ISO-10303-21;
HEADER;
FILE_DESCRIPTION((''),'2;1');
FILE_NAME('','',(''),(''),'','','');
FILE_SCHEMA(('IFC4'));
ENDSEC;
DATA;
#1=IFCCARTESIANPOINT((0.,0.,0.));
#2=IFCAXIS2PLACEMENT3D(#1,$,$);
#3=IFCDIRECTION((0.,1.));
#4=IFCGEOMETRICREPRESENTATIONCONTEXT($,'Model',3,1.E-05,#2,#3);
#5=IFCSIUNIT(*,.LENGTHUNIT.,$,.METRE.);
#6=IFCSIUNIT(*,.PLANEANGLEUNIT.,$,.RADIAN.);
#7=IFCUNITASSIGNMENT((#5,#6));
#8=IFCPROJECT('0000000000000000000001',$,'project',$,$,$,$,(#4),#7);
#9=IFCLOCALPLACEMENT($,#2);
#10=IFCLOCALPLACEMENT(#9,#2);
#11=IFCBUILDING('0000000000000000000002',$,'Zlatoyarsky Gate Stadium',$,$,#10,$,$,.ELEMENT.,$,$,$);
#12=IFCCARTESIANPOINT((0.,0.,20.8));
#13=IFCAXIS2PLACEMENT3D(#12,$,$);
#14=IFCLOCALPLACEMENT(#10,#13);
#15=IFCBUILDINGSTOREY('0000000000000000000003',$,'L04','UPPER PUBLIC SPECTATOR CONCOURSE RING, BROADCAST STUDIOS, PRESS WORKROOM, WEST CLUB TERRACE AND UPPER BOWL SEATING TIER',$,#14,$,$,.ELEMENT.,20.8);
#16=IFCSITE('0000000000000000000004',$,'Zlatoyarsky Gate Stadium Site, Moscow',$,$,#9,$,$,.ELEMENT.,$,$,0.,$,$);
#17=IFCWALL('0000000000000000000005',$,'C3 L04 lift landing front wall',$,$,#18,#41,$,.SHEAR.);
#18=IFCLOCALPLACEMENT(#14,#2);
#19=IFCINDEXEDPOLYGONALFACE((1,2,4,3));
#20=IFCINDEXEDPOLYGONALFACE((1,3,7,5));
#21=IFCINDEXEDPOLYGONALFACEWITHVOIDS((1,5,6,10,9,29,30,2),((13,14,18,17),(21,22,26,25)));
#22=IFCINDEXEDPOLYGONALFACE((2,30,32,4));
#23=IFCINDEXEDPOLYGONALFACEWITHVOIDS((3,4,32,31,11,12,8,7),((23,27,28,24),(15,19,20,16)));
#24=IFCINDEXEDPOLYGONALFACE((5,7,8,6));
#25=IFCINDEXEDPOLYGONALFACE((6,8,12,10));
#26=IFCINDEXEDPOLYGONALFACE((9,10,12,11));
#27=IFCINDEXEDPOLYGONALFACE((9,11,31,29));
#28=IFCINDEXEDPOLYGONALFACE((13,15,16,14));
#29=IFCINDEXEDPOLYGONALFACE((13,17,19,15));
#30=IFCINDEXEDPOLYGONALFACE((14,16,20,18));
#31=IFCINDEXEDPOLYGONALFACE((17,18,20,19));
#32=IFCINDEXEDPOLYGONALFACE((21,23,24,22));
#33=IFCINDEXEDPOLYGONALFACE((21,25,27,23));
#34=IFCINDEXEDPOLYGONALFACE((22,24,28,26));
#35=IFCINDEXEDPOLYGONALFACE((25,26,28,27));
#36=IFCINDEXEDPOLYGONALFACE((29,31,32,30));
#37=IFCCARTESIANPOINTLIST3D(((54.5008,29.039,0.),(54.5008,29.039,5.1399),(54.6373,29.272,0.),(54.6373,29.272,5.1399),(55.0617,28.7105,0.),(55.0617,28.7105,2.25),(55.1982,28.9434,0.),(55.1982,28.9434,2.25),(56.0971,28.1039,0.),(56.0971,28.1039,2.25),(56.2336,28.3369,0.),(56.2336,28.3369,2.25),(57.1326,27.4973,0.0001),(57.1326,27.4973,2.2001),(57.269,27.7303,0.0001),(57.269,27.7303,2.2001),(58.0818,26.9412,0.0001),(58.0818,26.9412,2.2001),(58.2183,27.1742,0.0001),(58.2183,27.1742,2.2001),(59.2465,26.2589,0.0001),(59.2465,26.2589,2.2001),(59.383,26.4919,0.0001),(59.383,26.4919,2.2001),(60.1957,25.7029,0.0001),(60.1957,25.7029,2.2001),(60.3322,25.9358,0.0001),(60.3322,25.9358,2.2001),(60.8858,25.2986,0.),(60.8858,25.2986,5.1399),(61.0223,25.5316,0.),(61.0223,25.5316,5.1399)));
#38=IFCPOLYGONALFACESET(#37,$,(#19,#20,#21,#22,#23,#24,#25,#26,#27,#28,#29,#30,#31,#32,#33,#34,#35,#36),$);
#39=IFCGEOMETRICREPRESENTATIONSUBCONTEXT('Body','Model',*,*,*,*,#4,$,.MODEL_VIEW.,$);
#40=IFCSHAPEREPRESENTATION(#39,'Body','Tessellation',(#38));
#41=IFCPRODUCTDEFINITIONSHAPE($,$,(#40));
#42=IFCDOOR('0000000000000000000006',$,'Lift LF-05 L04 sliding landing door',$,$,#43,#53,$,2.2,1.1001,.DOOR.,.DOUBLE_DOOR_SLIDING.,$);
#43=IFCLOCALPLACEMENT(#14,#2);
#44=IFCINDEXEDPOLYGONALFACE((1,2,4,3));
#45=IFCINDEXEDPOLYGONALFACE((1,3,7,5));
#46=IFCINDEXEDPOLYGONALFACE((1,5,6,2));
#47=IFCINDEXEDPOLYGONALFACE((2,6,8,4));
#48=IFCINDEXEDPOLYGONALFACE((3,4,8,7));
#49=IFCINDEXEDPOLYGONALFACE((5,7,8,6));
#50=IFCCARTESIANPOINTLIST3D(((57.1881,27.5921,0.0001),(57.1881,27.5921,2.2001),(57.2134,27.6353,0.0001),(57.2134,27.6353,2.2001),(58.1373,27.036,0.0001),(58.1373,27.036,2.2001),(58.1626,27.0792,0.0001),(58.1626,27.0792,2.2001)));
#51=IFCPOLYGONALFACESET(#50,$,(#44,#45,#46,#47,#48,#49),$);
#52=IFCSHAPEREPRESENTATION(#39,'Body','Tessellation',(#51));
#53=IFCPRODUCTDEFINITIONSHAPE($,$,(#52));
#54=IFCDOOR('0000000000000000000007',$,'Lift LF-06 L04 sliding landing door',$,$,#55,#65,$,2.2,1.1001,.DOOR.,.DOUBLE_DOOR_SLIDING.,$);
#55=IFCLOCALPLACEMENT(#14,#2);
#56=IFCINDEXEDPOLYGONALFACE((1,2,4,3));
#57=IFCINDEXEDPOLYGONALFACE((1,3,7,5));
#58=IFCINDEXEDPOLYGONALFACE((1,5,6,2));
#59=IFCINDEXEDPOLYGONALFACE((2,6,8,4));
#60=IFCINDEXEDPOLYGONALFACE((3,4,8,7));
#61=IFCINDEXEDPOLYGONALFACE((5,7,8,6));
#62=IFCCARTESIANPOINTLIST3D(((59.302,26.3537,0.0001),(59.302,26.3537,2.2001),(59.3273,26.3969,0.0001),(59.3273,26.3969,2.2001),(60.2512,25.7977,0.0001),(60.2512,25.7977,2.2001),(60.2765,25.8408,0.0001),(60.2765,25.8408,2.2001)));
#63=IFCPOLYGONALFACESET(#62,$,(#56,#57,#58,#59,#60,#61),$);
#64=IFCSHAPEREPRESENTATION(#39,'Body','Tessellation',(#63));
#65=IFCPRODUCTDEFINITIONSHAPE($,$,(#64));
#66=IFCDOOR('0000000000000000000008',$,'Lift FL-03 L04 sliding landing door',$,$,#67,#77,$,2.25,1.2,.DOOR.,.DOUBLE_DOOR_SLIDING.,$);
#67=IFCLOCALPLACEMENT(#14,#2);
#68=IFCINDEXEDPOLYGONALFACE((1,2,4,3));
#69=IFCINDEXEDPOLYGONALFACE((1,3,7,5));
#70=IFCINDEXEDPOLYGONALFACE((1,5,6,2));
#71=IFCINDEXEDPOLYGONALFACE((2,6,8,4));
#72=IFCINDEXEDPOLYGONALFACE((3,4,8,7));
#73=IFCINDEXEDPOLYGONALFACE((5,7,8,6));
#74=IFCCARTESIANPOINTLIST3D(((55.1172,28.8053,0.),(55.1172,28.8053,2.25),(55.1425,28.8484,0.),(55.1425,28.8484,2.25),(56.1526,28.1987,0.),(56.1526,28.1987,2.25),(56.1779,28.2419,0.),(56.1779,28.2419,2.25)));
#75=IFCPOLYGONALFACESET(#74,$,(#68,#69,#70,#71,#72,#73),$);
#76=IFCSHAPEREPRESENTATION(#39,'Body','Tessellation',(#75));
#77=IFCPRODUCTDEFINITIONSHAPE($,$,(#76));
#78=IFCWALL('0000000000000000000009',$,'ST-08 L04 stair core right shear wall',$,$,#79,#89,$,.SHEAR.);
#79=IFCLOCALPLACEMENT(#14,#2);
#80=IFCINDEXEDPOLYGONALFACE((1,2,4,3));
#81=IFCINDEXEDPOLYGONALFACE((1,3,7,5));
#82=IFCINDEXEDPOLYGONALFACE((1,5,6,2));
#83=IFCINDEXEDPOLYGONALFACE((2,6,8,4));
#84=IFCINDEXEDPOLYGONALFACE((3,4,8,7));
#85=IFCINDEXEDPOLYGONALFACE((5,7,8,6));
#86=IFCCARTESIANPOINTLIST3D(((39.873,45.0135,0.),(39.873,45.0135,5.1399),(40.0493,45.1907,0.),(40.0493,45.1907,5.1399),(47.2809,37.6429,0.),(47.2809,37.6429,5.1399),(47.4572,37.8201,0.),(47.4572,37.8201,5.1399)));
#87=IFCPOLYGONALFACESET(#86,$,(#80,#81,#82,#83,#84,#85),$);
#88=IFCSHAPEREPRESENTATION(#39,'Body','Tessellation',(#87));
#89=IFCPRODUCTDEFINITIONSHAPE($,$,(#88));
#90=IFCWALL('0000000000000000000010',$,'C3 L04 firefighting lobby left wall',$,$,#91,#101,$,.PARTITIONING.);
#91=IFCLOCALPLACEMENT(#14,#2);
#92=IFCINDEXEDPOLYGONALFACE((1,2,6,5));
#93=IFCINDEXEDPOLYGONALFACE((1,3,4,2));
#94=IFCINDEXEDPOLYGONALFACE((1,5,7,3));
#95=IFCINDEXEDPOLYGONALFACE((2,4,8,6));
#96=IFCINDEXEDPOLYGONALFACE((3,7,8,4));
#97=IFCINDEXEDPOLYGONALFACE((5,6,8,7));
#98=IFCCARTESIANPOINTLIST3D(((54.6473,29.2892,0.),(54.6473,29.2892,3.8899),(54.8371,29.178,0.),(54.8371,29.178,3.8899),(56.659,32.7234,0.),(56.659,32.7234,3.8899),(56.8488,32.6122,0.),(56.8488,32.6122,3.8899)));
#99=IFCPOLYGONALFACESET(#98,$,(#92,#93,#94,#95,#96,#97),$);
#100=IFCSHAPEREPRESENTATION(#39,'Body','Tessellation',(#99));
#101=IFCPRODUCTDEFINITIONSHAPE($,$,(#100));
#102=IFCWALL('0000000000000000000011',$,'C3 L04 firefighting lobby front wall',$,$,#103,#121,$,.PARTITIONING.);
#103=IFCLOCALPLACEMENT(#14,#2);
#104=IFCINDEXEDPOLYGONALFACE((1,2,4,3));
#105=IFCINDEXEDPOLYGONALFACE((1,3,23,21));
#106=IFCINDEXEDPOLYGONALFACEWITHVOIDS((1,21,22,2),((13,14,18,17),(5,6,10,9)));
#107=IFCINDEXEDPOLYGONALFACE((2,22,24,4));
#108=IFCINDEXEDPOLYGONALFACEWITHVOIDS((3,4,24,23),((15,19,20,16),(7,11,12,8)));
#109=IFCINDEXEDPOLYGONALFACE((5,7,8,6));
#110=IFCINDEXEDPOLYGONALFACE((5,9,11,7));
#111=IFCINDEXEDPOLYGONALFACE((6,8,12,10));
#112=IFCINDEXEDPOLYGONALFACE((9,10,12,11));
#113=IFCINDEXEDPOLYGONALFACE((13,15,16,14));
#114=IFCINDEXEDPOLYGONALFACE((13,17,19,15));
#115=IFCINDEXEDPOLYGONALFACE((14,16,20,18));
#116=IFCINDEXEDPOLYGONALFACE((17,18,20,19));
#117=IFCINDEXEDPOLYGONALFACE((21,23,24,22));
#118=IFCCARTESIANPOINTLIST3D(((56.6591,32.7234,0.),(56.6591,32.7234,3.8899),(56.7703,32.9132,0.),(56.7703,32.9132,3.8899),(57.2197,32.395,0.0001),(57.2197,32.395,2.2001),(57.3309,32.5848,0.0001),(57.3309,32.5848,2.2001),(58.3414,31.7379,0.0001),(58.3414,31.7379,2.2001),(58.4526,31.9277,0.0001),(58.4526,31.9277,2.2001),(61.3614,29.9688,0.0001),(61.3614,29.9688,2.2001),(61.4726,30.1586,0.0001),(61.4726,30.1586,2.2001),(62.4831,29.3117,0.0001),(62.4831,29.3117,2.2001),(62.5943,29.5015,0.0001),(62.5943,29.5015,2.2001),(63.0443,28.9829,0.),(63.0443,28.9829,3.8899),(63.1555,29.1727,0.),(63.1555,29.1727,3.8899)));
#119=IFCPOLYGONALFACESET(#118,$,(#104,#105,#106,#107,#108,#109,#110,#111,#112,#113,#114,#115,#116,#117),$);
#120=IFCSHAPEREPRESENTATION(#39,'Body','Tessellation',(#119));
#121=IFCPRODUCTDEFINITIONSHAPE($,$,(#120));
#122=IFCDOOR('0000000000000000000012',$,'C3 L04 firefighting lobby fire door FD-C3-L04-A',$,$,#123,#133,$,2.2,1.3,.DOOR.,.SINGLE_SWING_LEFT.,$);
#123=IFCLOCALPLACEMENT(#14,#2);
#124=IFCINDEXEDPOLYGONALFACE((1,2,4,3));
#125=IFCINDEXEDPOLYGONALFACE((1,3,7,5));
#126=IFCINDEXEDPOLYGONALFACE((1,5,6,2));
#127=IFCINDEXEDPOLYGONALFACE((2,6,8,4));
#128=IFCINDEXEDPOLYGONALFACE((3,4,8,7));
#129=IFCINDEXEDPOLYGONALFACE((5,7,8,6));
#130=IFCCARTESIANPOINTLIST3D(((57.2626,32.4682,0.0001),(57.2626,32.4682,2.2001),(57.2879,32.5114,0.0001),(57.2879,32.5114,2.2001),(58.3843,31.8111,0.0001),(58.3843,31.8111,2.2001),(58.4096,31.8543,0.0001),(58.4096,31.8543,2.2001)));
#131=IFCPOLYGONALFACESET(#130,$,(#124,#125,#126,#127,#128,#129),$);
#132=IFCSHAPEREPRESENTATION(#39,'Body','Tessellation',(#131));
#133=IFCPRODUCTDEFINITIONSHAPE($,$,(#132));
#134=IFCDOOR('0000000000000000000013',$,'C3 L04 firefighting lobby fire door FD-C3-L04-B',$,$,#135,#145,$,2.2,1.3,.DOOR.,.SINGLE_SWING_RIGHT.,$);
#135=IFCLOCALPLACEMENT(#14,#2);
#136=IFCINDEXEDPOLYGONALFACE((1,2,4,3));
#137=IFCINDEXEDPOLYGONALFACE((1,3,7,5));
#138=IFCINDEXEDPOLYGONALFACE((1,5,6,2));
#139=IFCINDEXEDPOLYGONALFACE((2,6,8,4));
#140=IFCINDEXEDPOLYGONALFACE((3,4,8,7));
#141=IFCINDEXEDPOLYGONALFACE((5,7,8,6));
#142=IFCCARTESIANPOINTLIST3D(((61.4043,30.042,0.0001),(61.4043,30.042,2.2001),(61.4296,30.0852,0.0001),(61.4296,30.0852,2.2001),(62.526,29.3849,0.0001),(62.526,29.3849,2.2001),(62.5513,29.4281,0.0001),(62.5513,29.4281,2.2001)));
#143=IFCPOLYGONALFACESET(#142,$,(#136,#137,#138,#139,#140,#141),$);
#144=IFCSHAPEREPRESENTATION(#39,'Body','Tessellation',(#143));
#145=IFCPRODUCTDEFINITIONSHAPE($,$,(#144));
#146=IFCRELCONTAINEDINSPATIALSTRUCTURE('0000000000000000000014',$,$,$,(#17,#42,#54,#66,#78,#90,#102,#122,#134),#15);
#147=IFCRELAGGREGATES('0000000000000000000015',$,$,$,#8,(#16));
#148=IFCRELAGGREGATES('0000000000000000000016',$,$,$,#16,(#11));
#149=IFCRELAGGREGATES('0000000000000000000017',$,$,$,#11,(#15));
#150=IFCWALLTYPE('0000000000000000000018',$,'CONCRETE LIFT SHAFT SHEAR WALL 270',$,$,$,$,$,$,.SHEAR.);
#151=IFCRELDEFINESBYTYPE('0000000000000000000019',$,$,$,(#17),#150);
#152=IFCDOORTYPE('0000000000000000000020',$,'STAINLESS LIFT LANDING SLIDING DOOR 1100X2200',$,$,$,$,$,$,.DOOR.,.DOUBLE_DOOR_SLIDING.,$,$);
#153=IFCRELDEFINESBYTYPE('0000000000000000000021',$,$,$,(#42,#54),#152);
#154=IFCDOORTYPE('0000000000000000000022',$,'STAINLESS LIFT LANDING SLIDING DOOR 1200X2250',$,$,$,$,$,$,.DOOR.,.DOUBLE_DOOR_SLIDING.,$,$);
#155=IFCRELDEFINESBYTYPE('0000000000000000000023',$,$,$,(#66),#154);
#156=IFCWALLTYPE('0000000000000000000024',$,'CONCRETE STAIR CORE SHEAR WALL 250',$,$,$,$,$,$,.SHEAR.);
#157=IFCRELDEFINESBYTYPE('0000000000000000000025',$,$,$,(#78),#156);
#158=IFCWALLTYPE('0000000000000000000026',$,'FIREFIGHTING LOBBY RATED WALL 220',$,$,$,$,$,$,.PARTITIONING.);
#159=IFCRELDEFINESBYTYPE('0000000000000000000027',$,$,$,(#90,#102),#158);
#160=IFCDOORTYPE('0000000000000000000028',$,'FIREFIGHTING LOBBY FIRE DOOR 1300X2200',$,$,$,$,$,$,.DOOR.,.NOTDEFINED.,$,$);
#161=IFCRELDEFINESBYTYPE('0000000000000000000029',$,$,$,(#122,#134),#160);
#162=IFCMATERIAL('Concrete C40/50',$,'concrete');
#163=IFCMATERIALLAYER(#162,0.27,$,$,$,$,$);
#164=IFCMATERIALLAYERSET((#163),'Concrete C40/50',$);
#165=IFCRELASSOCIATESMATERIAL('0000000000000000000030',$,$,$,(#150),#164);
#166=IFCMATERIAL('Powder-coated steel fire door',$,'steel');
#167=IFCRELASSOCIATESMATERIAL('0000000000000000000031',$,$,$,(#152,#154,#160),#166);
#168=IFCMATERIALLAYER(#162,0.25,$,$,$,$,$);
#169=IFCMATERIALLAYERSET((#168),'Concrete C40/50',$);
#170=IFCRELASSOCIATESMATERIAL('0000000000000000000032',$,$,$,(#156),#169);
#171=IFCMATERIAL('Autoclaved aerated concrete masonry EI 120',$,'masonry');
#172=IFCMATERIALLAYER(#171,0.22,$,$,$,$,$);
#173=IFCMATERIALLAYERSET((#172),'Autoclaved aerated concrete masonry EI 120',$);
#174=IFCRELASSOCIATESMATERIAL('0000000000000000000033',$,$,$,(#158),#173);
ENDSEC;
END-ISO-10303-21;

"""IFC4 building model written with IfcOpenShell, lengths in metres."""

from ifc_helpers import new_model, si_unit, direction, frame, frame_2d, origin, place, context, subcontext, project, spatial, rectangle, extrude, material, layer, layer_set, type_object, element, fill, save


model = new_model("IFC4")

# Units and contexts
model_context = context("Model", 3, precision=1e-05, world=origin(), true_north=direction((0.0, 1.0)))
body_context = subcontext(model_context, "Body", "Model", "MODEL_VIEW")
ifc_project = project(units=[si_unit("LENGTHUNIT", "METRE"), si_unit("PLANEANGLEUNIT", "RADIAN")], contexts=[model_context])

# Site, building, storey
site_placement = place(None, origin())
site = spatial("IfcSite", under=ifc_project, at=site_placement, Name="Zlatoyarsky Gate Stadium Site, Moscow", CompositionType="ELEMENT", RefElevation=0.0)
building_placement = place(site_placement, origin())
building = spatial("IfcBuilding", under=site, at=building_placement, Name="Zlatoyarsky Gate Stadium", CompositionType="ELEMENT")
storey_placement = place(building_placement, frame((0.0, 0.0, 20.8)))
storey = spatial("IfcBuildingStorey", under=building, at=storey_placement, Name="L04", Description="UPPER PUBLIC SPECTATOR CONCOURSE RING, BROADCAST STUDIOS, PRESS WORKROOM, WEST CLUB TERRACE AND UPPER BOWL SEATING TIER", CompositionType="ELEMENT", Elevation=20.8)

# Shared definitions
ifc_material_1 = material(Name="Concrete C40/50", Category="concrete")

# Wall, openings, doors
ifc_layer_1 = layer(ifc_material_1, 0.27)
ifc_layer_set_1 = layer_set([ifc_layer_1], Name="Concrete C40/50")
wall_type_1 = type_object("IfcWallType", Name="CONCRETE LIFT SHAFT SHEAR WALL 270", PredefinedType="SHEAR", material=ifc_layer_set_1)
wall_1_placement = place(storey_placement, frame((54.5691, 29.1555, 0.0), z_axis=(0.0, 0.0, 1.0), x_axis=(0.862843, -0.505472, 0.0)))
wall_1 = element("IfcWall", 1, at=wall_1_placement, inside=storey, type_object=wall_type_1, Name="C3 L04 lift landing front wall", PredefinedType="SHEAR", context=body_context, shape_type="SweptSolid", body=[
    extrude(rectangle(XDim=7.3999, YDim=0.27, at=frame_2d((3.7, 0.0))), origin(), (0.0, 0.0, 1.0), 5.1399),
])
opening_1_placement = place(wall_1_placement, frame((0.6499, 0.0, 0.0)))
opening_1 = element("IfcOpeningElement", 2, at=opening_1_placement, cuts=wall_1, PredefinedType="OPENING", context=body_context, shape_type="SweptSolid", body=[
    extrude(rectangle(XDim=1.2, YDim=2.25, at=frame_2d((0.6001, 1.125))), frame((0.0, 0.145, 0.0), z_axis=(0.0, -1.0, 0.0), x_axis=(1.0, 0.0, 0.0)), (0.0, 0.0, 1.0), 0.29),
])
opening_2_placement = place(wall_1_placement, frame((3.05, 0.0, 0.0)))
opening_2 = element("IfcOpeningElement", 3, at=opening_2_placement, cuts=wall_1, PredefinedType="OPENING", context=body_context, shape_type="SweptSolid", body=[
    extrude(rectangle(XDim=1.1001, YDim=2.2, at=frame_2d((0.55, 1.1001))), frame((0.0, 0.145, 0.0), z_axis=(0.0, -1.0, 0.0), x_axis=(1.0, 0.0, 0.0)), (0.0, 0.0, 1.0), 0.29),
])
opening_3_placement = place(wall_1_placement, frame((5.5, 0.0, 0.0)))
opening_3 = element("IfcOpeningElement", 4, at=opening_3_placement, cuts=wall_1, PredefinedType="OPENING", context=body_context, shape_type="SweptSolid", body=[
    extrude(rectangle(XDim=1.1001, YDim=2.2, at=frame_2d((0.55, 1.1001))), frame((0.0, 0.145, 0.0), z_axis=(0.0, -1.0, 0.0), x_axis=(1.0, 0.0, 0.0)), (0.0, 0.0, 1.0), 0.29),
])
ifc_material_2 = material(Name="Powder-coated steel fire door", Category="steel")
door_type_1 = type_object("IfcDoorType", Name="STAINLESS LIFT LANDING SLIDING DOOR 1100X2200", OperationType="DOUBLE_DOOR_SLIDING", PredefinedType="DOOR", material=ifc_material_2)
door_1_placement = place(opening_2_placement, origin())
door_1 = element("IfcDoor", 5, at=door_1_placement, inside=storey, type_object=door_type_1, Name="Lift LF-05 L04 sliding landing door", OperationType="DOUBLE_DOOR_SLIDING", OverallHeight=2.2, OverallWidth=1.1001, PredefinedType="DOOR", context=body_context, shape_type="SweptSolid", body=[
    extrude(rectangle(XDim=1.1001, YDim=2.2, at=frame_2d((0.55, 1.1001))), frame((0.0, 0.0249, 0.0), z_axis=(0.0, -1.0, 0.0), x_axis=(1.0, 0.0, 0.0)), (0.0, 0.0, 1.0), 0.05),
])
fill(opening_2, door_1)
door_2_placement = place(opening_3_placement, origin())
door_2 = element("IfcDoor", 6, at=door_2_placement, inside=storey, type_object=door_type_1, Name="Lift LF-06 L04 sliding landing door", OperationType="DOUBLE_DOOR_SLIDING", OverallHeight=2.2, OverallWidth=1.1001, PredefinedType="DOOR", context=body_context, shape_type="SweptSolid", body=[
    extrude(rectangle(XDim=1.1001, YDim=2.2, at=frame_2d((0.55, 1.1001))), frame((0.0, 0.0249, 0.0), z_axis=(0.0, -1.0, 0.0), x_axis=(1.0, 0.0, 0.0)), (0.0, 0.0, 1.0), 0.05),
])
fill(opening_3, door_2)
door_type_2 = type_object("IfcDoorType", Name="STAINLESS LIFT LANDING SLIDING DOOR 1200X2250", OperationType="DOUBLE_DOOR_SLIDING", PredefinedType="DOOR", material=ifc_material_2)
door_3_placement = place(opening_1_placement, origin())
door_3 = element("IfcDoor", 7, at=door_3_placement, inside=storey, type_object=door_type_2, Name="Lift FL-03 L04 sliding landing door", OperationType="DOUBLE_DOOR_SLIDING", OverallHeight=2.25, OverallWidth=1.2, PredefinedType="DOOR", context=body_context, shape_type="SweptSolid", body=[
    extrude(rectangle(XDim=1.2, YDim=2.25, at=frame_2d((0.6001, 1.125))), frame((0.0, 0.0249, 0.0), z_axis=(0.0, -1.0, 0.0), x_axis=(1.0, 0.0, 0.0)), (0.0, 0.0, 1.0), 0.05),
])
fill(opening_1, door_3)

# Walls
ifc_layer_2 = layer(ifc_material_1, 0.25)
ifc_layer_set_2 = layer_set([ifc_layer_2], Name="Concrete C40/50")
wall_type_2 = type_object("IfcWallType", Name="CONCRETE STAIR CORE SHEAR WALL 250", PredefinedType="SHEAR", material=ifc_layer_set_2)
wall_2_placement = place(storey_placement, frame((47.3691, 37.7314, 0.0), z_axis=(0.0, 0.0, 1.0), x_axis=(-0.708892, 0.705317, 0.0)))
element("IfcWall", 8, at=wall_2_placement, inside=storey, type_object=wall_type_2, Name="ST-08 L04 stair core right shear wall", PredefinedType="SHEAR", context=body_context, shape_type="SweptSolid", body=[
    extrude(rectangle(XDim=10.45, YDim=0.25, at=frame_2d((5.2251, 0.0))), origin(), (0.0, 0.0, 1.0), 5.1399),
])
ifc_material_3 = material(Name="Autoclaved aerated concrete masonry EI 120", Category="masonry")
ifc_layer_3 = layer(ifc_material_3, 0.22)
ifc_layer_set_3 = layer_set([ifc_layer_3], Name="Autoclaved aerated concrete masonry EI 120")
wall_type_3 = type_object("IfcWallType", Name="FIREFIGHTING LOBBY RATED WALL 220", PredefinedType="PARTITIONING", material=ifc_layer_set_3)
wall_3_placement = place(storey_placement, frame((54.7422, 29.2336, 0.0), z_axis=(0.0, 0.0, 1.0), x_axis=(0.505464, 0.862847, 0.0)))
element("IfcWall", 9, at=wall_3_placement, inside=storey, type_object=wall_type_3, Name="C3 L04 firefighting lobby left wall", PredefinedType="PARTITIONING", context=body_context, shape_type="SweptSolid", body=[
    extrude(rectangle(XDim=3.98, YDim=0.22, at=frame_2d((1.99, 0.0))), origin(), (0.0, 0.0, 1.0), 3.8899),
])

# Wall, openings, doors
wall_4_placement = place(storey_placement, frame((56.7146, 32.8184, 0.0), z_axis=(0.0, 0.0, 1.0), x_axis=(0.862851, -0.505458, 0.0)))
wall_4 = element("IfcWall", 10, at=wall_4_placement, inside=storey, type_object=wall_type_3, Name="C3 L04 firefighting lobby front wall", PredefinedType="PARTITIONING", context=body_context, shape_type="SweptSolid", body=[
    extrude(rectangle(XDim=7.4001, YDim=0.22, at=frame_2d((3.7002, 0.0))), origin(), (0.0, 0.0, 1.0), 3.8899),
])
opening_4_placement = place(wall_4_placement, frame((0.6499, 0.0, 0.0)))
opening_4 = element("IfcOpeningElement", 11, at=opening_4_placement, cuts=wall_4, PredefinedType="OPENING", context=body_context, shape_type="SweptSolid", body=[
    extrude(rectangle(XDim=1.3, YDim=2.2, at=frame_2d((0.6499, 1.1001))), frame((0.0, 0.1199, 0.0), z_axis=(0.0, -1.0, 0.0), x_axis=(1.0, 0.0, 0.0)), (0.0, 0.0, 1.0), 0.24),
])
opening_5_placement = place(wall_4_placement, frame((5.45, 0.0, 0.0)))
opening_5 = element("IfcOpeningElement", 12, at=opening_5_placement, cuts=wall_4, PredefinedType="OPENING", context=body_context, shape_type="SweptSolid", body=[
    extrude(rectangle(XDim=1.3, YDim=2.2, at=frame_2d((0.6499, 1.1001))), frame((0.0, 0.1199, 0.0), z_axis=(0.0, -1.0, 0.0), x_axis=(1.0, 0.0, 0.0)), (0.0, 0.0, 1.0), 0.24),
])
door_type_3 = type_object("IfcDoorType", Name="FIREFIGHTING LOBBY FIRE DOOR 1300X2200", OperationType="NOTDEFINED", PredefinedType="DOOR", material=ifc_material_2)
door_4_placement = place(opening_4_placement, origin())
door_4 = element("IfcDoor", 13, at=door_4_placement, inside=storey, type_object=door_type_3, Name="C3 L04 firefighting lobby fire door FD-C3-L04-A", OperationType="SINGLE_SWING_LEFT", OverallHeight=2.2, OverallWidth=1.3, PredefinedType="DOOR", context=body_context, shape_type="SweptSolid", body=[
    extrude(rectangle(XDim=1.3, YDim=2.2, at=frame_2d((0.6499, 1.1001))), frame((0.0, 0.0249, 0.0), z_axis=(0.0, -1.0, 0.0), x_axis=(1.0, 0.0, 0.0)), (0.0, 0.0, 1.0), 0.05),
])
fill(opening_4, door_4)
door_5_placement = place(opening_5_placement, origin())
door_5 = element("IfcDoor", 14, at=door_5_placement, inside=storey, type_object=door_type_3, Name="C3 L04 firefighting lobby fire door FD-C3-L04-B", OperationType="SINGLE_SWING_RIGHT", OverallHeight=2.2, OverallWidth=1.3, PredefinedType="DOOR", context=body_context, shape_type="SweptSolid", body=[
    extrude(rectangle(XDim=1.3, YDim=2.2, at=frame_2d((0.6499, 1.1001))), frame((0.0, 0.0249, 0.0), z_axis=(0.0, -1.0, 0.0), x_axis=(1.0, 0.0, 0.0)), (0.0, 0.0, 1.0), 0.05),
])
fill(opening_5, door_5)

save(model, "model.ifc")
